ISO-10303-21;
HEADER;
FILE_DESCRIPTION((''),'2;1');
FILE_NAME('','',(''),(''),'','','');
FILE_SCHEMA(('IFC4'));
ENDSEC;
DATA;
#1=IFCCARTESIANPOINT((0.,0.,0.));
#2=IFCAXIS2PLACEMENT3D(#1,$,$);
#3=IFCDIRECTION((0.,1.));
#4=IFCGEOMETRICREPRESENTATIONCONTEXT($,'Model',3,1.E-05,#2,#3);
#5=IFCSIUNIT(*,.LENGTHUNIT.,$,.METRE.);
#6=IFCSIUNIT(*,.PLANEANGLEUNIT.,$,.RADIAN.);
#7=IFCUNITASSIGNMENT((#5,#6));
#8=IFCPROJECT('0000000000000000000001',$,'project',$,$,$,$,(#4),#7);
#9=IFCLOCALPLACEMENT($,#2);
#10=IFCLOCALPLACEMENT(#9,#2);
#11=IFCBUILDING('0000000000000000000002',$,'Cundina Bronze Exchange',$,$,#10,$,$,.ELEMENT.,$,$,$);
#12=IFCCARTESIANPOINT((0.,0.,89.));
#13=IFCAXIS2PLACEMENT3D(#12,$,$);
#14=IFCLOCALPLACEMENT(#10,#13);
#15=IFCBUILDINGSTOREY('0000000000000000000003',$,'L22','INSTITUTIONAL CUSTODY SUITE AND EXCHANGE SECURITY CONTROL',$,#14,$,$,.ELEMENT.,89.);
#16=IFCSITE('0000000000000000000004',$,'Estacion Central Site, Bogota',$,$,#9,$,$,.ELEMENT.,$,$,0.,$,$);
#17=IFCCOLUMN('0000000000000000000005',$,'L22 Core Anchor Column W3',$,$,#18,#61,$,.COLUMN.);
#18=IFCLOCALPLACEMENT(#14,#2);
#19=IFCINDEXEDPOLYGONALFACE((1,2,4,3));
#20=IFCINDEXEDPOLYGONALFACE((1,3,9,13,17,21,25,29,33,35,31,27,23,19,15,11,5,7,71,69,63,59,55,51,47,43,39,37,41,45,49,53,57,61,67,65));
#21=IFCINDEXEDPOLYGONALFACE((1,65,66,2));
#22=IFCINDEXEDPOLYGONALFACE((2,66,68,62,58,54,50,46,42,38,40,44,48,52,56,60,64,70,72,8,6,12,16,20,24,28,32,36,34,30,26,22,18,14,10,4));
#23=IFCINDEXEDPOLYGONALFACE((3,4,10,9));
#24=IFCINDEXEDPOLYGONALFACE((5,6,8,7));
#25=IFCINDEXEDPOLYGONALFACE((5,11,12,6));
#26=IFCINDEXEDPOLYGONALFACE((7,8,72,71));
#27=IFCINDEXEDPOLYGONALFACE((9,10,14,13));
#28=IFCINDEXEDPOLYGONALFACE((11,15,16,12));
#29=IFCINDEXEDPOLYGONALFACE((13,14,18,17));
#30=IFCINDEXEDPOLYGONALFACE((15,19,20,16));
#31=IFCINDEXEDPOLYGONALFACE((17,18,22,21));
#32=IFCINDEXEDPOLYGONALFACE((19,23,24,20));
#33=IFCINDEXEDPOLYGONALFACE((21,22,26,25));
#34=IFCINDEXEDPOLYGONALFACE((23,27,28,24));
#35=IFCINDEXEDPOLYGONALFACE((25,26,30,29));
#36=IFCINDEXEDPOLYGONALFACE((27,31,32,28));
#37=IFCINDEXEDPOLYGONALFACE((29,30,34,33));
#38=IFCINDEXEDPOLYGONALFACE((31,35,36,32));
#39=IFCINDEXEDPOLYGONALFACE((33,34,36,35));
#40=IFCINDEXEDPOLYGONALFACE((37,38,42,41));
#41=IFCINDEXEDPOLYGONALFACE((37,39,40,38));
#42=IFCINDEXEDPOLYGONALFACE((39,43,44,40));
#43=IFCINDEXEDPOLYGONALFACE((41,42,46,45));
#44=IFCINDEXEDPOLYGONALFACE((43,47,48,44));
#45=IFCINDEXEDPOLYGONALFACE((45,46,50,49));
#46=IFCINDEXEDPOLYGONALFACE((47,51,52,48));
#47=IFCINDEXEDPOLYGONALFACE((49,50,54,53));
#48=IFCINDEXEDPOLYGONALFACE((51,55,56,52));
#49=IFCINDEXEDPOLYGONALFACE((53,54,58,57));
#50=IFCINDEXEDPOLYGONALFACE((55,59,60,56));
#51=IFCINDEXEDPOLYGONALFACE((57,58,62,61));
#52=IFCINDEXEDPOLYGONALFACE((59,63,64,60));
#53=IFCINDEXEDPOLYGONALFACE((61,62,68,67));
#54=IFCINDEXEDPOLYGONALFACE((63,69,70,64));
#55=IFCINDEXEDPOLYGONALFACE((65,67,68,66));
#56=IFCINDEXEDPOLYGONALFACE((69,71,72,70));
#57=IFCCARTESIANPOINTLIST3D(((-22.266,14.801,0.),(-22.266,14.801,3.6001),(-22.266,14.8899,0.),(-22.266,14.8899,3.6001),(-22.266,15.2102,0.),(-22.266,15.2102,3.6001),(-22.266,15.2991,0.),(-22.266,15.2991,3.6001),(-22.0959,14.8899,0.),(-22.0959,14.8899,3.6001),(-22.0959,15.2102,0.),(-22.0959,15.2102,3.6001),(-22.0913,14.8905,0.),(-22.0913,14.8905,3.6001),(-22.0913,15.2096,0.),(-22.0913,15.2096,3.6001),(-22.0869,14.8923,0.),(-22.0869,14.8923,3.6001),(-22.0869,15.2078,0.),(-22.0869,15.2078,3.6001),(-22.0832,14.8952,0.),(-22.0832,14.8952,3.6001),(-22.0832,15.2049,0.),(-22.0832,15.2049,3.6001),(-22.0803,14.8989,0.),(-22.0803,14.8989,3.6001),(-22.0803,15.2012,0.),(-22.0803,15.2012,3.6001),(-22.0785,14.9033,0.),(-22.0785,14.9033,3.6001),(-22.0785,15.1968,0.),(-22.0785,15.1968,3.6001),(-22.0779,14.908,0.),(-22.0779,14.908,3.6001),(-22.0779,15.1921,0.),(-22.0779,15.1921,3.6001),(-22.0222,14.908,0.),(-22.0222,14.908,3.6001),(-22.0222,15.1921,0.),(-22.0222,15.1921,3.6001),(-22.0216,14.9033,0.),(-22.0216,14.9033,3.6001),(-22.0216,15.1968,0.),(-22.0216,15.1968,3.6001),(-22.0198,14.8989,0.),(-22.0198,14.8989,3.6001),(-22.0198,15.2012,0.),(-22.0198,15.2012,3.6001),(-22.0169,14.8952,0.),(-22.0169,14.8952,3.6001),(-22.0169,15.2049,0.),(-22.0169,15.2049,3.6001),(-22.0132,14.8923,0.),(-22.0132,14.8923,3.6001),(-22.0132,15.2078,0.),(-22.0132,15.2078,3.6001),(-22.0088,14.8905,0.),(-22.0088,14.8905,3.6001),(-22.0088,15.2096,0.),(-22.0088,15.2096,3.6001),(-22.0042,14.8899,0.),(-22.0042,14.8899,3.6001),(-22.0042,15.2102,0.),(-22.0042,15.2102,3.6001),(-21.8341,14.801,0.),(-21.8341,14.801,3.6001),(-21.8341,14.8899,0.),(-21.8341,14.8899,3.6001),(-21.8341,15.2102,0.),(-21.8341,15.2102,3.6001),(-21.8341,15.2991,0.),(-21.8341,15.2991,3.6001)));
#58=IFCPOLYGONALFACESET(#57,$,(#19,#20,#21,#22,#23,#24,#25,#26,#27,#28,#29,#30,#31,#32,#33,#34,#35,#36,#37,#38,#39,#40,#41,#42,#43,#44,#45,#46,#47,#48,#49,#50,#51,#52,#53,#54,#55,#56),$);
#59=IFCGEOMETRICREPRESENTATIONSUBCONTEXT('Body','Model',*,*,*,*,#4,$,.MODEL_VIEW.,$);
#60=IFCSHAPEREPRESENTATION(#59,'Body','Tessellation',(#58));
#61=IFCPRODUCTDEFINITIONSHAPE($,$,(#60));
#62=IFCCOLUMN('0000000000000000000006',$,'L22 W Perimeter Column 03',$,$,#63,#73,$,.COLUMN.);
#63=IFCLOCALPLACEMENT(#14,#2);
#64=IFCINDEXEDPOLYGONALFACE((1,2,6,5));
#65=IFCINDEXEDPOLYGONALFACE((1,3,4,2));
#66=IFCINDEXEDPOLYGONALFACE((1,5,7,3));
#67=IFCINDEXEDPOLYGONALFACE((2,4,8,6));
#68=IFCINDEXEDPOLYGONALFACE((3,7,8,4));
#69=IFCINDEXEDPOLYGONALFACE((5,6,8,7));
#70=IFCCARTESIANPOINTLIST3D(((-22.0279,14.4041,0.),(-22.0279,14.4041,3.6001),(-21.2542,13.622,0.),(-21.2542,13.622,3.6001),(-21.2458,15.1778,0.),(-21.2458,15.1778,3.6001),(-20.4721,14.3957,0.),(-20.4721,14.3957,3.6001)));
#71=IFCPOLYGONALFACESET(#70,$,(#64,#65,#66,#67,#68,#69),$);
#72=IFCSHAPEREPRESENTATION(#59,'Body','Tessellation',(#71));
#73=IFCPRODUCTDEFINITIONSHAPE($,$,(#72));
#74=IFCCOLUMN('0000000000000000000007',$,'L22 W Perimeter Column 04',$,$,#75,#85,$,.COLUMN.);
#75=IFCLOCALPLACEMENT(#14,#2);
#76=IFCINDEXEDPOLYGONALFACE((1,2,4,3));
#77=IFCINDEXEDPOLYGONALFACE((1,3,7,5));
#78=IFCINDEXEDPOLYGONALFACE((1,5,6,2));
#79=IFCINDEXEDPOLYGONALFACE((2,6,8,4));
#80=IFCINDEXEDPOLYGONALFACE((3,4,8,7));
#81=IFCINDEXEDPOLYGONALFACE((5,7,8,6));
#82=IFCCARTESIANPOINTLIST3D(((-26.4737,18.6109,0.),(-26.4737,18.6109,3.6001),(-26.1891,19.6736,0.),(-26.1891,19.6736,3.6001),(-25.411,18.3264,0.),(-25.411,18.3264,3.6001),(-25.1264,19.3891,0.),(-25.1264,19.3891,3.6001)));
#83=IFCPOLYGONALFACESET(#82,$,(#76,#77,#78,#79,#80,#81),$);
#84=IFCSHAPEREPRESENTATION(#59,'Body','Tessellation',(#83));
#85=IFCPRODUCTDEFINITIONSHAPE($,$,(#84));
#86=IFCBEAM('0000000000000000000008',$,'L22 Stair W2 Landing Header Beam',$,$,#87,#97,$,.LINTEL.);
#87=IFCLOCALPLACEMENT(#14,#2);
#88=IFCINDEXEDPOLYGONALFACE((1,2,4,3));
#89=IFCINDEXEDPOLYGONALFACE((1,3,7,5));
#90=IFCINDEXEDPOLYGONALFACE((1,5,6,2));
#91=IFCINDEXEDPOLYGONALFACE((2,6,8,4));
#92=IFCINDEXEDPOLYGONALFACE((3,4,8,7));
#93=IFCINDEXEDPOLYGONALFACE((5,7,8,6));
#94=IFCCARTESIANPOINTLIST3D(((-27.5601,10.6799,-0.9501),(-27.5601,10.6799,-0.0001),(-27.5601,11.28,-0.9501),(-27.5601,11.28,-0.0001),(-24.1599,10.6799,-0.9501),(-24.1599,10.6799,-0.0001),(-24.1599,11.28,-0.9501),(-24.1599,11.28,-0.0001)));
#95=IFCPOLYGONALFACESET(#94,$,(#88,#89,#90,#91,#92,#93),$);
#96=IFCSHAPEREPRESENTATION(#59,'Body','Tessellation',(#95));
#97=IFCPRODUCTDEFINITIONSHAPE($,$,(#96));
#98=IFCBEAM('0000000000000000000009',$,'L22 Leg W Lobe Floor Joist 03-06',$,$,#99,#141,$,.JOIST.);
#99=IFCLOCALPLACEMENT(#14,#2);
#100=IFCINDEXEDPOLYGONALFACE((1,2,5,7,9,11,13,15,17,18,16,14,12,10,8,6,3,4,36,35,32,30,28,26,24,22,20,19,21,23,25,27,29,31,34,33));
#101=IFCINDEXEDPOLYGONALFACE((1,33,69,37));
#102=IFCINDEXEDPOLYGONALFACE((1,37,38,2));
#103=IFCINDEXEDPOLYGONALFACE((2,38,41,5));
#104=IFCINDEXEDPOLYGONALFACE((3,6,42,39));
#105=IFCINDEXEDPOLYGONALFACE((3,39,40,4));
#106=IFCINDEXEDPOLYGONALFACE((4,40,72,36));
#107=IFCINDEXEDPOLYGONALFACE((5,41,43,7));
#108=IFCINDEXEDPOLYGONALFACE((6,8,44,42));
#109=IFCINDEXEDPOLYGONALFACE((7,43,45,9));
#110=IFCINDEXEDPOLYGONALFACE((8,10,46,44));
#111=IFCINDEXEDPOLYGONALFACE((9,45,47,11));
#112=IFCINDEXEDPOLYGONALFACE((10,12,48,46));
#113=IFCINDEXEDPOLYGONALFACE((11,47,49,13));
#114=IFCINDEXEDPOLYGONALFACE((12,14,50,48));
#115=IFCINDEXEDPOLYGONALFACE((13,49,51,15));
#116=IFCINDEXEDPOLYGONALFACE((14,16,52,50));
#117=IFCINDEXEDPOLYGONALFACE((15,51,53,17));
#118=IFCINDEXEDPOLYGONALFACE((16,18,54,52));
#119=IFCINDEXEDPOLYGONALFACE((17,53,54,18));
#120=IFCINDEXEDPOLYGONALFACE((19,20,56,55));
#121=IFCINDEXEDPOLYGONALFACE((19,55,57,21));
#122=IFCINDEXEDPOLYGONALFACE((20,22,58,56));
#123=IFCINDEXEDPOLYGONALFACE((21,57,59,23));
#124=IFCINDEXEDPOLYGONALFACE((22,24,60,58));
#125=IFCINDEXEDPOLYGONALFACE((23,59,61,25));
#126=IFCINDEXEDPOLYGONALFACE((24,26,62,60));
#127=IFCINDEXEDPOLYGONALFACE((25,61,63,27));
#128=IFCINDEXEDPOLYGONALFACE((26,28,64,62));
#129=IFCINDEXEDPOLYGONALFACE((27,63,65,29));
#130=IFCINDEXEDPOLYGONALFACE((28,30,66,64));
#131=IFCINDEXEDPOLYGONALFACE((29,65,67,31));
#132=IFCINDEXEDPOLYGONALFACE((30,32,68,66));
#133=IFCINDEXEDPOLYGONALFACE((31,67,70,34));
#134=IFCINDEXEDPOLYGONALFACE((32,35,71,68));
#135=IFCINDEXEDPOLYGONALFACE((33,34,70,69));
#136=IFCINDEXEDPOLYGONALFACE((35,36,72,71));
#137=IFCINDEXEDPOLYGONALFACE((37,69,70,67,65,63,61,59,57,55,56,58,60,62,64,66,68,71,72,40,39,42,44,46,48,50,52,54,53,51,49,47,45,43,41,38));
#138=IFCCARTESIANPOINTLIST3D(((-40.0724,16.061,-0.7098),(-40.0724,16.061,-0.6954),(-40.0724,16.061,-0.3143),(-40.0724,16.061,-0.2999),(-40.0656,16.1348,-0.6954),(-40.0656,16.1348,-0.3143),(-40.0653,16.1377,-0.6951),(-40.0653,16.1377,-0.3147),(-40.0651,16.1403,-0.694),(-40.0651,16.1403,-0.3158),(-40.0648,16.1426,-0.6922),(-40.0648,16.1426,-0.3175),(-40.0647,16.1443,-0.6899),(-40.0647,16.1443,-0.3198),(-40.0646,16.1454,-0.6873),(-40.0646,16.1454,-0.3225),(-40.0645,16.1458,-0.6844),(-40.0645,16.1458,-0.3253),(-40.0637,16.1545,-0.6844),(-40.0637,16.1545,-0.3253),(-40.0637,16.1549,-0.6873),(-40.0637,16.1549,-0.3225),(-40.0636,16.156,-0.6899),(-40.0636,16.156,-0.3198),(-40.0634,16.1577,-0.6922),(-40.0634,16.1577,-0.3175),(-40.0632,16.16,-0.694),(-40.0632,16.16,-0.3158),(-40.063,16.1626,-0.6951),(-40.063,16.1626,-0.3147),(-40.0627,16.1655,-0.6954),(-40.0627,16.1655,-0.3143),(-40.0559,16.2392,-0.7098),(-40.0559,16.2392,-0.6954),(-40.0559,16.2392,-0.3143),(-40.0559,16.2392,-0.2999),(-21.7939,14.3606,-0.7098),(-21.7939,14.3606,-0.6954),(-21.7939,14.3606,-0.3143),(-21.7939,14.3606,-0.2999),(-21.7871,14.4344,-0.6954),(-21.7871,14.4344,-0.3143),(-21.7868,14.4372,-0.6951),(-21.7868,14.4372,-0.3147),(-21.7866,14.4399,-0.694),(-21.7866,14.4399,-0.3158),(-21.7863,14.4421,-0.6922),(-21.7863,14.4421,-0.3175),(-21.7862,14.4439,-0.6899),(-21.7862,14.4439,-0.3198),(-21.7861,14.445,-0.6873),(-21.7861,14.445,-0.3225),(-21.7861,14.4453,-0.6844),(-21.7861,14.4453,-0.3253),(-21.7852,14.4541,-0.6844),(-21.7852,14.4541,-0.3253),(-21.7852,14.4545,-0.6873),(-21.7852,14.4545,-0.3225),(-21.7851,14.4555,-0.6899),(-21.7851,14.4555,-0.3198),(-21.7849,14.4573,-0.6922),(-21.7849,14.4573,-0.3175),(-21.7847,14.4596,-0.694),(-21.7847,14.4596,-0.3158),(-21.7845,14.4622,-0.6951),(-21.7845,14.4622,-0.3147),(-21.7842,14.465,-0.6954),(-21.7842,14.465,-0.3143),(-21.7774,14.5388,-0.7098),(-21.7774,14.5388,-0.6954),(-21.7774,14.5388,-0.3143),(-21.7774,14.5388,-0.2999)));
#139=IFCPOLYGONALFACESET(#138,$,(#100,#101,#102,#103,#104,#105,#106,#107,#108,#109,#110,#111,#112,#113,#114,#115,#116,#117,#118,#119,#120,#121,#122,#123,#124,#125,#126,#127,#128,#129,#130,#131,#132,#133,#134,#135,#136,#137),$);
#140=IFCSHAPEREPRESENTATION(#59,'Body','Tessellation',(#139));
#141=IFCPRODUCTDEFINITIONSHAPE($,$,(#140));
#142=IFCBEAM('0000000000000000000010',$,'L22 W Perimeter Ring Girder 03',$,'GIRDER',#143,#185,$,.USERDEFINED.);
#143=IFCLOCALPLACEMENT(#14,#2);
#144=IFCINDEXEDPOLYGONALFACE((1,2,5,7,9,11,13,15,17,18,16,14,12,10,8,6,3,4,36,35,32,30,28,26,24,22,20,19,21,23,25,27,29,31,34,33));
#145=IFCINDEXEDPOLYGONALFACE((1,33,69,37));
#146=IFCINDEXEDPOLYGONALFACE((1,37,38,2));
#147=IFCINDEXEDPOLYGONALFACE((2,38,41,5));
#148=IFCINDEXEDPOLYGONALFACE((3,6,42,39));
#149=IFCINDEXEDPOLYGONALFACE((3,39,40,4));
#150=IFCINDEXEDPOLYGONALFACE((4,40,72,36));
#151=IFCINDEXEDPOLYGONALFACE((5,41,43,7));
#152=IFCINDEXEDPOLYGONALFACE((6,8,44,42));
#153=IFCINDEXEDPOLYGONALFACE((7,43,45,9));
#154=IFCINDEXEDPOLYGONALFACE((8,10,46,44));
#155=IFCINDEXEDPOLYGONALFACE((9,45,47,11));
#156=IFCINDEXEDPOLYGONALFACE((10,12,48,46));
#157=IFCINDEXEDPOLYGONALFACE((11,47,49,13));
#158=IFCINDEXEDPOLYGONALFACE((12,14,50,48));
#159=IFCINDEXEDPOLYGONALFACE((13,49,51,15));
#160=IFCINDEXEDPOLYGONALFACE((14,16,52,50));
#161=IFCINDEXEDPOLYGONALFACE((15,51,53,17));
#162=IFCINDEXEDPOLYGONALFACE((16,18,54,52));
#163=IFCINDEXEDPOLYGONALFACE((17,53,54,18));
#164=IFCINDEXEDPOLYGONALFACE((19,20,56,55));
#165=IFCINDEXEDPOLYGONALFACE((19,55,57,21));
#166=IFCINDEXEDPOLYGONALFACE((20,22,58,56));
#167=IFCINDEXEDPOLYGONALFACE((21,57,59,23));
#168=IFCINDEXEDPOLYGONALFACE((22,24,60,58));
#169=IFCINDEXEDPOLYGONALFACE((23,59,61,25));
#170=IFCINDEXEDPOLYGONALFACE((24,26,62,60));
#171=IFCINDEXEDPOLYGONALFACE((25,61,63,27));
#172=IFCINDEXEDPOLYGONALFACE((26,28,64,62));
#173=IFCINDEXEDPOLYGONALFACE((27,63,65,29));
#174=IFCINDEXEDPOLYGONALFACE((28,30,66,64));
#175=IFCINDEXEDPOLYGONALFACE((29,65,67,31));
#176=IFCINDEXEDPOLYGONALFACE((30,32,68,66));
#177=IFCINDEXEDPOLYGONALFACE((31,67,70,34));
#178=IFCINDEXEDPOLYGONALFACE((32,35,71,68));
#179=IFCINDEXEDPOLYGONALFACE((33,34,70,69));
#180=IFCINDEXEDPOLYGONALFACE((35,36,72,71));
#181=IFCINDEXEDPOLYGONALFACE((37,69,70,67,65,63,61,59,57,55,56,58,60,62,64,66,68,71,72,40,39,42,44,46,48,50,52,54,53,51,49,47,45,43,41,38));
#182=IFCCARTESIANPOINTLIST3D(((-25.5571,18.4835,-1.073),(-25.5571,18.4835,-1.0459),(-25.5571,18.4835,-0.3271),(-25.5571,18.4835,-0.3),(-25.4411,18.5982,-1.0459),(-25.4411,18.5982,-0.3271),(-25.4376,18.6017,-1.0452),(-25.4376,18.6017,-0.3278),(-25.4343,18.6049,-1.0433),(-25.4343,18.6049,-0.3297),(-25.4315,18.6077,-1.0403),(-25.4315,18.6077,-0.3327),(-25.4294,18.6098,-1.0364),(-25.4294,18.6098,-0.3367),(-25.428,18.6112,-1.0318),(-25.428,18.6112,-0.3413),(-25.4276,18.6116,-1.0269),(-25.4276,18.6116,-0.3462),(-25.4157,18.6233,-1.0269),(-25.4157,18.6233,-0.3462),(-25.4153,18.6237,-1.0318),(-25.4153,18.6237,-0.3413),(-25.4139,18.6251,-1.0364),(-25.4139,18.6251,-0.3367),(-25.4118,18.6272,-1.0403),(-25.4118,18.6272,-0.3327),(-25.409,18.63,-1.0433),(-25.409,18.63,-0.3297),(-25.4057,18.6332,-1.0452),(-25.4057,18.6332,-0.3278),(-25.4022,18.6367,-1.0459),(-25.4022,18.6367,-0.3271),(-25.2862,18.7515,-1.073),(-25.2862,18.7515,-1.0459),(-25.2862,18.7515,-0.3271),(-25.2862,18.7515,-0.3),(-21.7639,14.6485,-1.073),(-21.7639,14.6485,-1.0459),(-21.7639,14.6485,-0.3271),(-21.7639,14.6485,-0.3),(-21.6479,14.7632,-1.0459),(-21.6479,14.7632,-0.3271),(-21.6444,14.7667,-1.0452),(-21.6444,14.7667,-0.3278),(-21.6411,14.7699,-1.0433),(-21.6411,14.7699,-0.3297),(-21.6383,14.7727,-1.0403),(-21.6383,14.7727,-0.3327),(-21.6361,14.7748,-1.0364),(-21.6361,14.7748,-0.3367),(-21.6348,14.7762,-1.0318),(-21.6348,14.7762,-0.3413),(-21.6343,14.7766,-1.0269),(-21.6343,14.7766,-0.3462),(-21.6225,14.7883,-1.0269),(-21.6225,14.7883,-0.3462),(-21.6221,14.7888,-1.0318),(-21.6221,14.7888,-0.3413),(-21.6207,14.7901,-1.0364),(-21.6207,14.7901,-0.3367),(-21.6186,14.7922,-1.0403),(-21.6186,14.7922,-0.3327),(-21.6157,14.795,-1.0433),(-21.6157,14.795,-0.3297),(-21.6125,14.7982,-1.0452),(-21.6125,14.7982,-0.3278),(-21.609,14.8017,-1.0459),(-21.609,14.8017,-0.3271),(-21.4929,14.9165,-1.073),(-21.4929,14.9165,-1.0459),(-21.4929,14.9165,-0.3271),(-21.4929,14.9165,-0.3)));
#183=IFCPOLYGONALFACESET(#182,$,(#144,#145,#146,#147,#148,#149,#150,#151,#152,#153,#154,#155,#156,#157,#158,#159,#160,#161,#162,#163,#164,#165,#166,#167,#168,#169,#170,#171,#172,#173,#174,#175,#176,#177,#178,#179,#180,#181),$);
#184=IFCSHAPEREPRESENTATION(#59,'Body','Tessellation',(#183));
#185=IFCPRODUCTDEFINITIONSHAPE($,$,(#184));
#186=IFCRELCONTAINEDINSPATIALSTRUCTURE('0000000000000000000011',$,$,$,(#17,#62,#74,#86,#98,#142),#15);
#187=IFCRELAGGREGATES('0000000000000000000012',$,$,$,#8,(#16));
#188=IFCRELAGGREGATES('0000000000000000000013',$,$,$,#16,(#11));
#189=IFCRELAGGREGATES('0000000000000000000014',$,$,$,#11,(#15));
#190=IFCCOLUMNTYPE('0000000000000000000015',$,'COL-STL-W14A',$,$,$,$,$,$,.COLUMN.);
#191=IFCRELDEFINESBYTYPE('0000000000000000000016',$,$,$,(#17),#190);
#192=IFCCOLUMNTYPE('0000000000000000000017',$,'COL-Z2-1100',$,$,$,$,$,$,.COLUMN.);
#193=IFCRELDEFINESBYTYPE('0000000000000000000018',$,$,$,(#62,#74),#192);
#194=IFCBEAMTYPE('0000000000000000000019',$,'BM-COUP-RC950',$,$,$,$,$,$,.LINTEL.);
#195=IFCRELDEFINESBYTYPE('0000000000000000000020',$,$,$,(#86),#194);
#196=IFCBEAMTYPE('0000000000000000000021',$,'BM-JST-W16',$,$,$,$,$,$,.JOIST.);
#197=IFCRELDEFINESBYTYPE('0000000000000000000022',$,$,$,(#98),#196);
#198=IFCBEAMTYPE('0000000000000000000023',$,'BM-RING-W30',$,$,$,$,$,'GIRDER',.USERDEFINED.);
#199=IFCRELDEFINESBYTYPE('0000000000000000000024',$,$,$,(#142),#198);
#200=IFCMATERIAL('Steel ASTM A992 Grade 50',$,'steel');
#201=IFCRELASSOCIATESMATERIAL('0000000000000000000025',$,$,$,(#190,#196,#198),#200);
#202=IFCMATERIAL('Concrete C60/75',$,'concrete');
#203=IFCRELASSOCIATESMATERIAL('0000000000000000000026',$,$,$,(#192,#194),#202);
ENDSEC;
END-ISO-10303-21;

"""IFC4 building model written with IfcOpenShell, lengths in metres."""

from ifc_helpers import new_model, si_unit, direction, frame, origin, origin_2d, place, context, subcontext, project, spatial, rectangle, i_section, extrude, material, material_profile, profile_set, type_object, element, save


model = new_model("IFC4")

# Units and contexts
model_context = context("Model", 3, precision=1e-05, world=origin(), true_north=direction((0.0, 1.0)))
body_context = subcontext(model_context, "Body", "Model", "MODEL_VIEW")
ifc_project = project(units=[si_unit("LENGTHUNIT", "METRE"), si_unit("PLANEANGLEUNIT", "RADIAN")], contexts=[model_context])

# Site, building, storey
site_placement = place(None, origin())
site = spatial("IfcSite", under=ifc_project, at=site_placement, Name="Estacion Central Site, Bogota", CompositionType="ELEMENT", RefElevation=0.0)
building_placement = place(site_placement, origin())
building = spatial("IfcBuilding", under=site, at=building_placement, Name="Cundina Bronze Exchange", CompositionType="ELEMENT")
storey_placement = place(building_placement, frame((0.0, 0.0, 89.0)))
storey = spatial("IfcBuildingStorey", under=building, at=storey_placement, Name="L22", Description="INSTITUTIONAL CUSTODY SUITE AND EXCHANGE SECURITY CONTROL", CompositionType="ELEMENT", Elevation=89.0)

# Columns
ifc_material_1 = material(Name="Steel ASTM A992 Grade 50", Category="steel")
ifc_material_profile_1 = material_profile(ifc_material_1, i_section(OverallWidth=0.4319, OverallDepth=0.498, WebThickness=0.0557, FlangeThickness=0.0889, FilletRadius=0.0181, at=origin_2d()), Name="W14X500", Category="steel")
ifc_profile_set_1 = profile_set([ifc_material_profile_1], Name="Steel ASTM A992 Grade 50")
column_type_1 = type_object("IfcColumnType", Name="COL-STL-W14A", PredefinedType="COLUMN", material=ifc_profile_set_1)
column_placement = place(storey_placement, frame((-22.05, 15.05, 0.0), z_axis=(0.0, 0.0, 1.0), x_axis=(1.0, 0.0, 0.0)))
element("IfcColumn", 1, at=column_placement, inside=storey, type_object=column_type_1, Name="L22 Core Anchor Column W3", PredefinedType="COLUMN", context=body_context, shape_type="SweptSolid", body=[
    extrude(i_section(OverallWidth=0.4319, OverallDepth=0.498, WebThickness=0.0557, FlangeThickness=0.0889, FilletRadius=0.0181, at=origin_2d()), origin(), (0.0, 0.0, 1.0), 3.6001),
])
ifc_material_2 = material(Name="Concrete C60/75", Category="concrete")
ifc_material_profile_2 = material_profile(ifc_material_2, rectangle(XDim=1.1001, YDim=1.1001, at=origin_2d()), Name="RC1100X1100", Category="concrete")
ifc_profile_set_2 = profile_set([ifc_material_profile_2], Name="Concrete C60/75")
column_type_2 = type_object("IfcColumnType", Name="COL-Z2-1100", PredefinedType="COLUMN", material=ifc_profile_set_2)
for number, where, z_axis, x_axis, name in (
    (2, (-21.25, 14.3999, 0.0), (0.0, 0.0, 1.0), (-0.703271, 0.710922, 0.0), "L22 W Perimeter Column 03"),
    (3, (-25.8, 19.0, 0.0), (0.0, 0.0, 1.0), (-0.965971, 0.25865, 0.0), "L22 W Perimeter Column 04"),
):
    element("IfcColumn", number, at=place(storey_placement, frame(where, z_axis=z_axis, x_axis=x_axis)), inside=storey, type_object=column_type_2, Name=name, PredefinedType="COLUMN", context=body_context, shape_type="SweptSolid", body=[
        extrude(rectangle(XDim=1.1001, YDim=1.1001, at=origin_2d()), origin(), (0.0, 0.0, 1.0), 3.6001),
    ])

# Beams
ifc_material_profile_3 = material_profile(ifc_material_2, rectangle(XDim=0.6001, YDim=0.95, at=origin_2d()), Name="RC600X950", Category="concrete")
ifc_profile_set_3 = profile_set([ifc_material_profile_3], Name="Concrete C60/75")
beam_type_1 = type_object("IfcBeamType", Name="BM-COUP-RC950", PredefinedType="LINTEL", material=ifc_profile_set_3)
beam_1_placement = place(storey_placement, frame((-27.5601, 10.98, -0.4751), z_axis=(1.0, 0.0, 0.0), x_axis=(0.0, 1.0, 0.0)))
element("IfcBeam", 4, at=beam_1_placement, inside=storey, type_object=beam_type_1, Name="L22 Stair W2 Landing Header Beam", PredefinedType="LINTEL", context=body_context, shape_type="SweptSolid", body=[
    extrude(rectangle(XDim=0.6001, YDim=0.95, at=origin_2d()), origin(), (0.0, 0.0, 1.0), 3.4001),
])
ifc_material_profile_4 = material_profile(ifc_material_1, i_section(OverallWidth=0.179, OverallDepth=0.4099, WebThickness=0.0088, FlangeThickness=0.0144, FilletRadius=0.011, at=origin_2d()), Name="W16X45", Category="steel")
ifc_profile_set_4 = profile_set([ifc_material_profile_4], Name="Steel ASTM A992 Grade 50")
beam_type_2 = type_object("IfcBeamType", Name="BM-JST-W16", PredefinedType="JOIST", material=ifc_profile_set_4)
beam_2_placement = place(storey_placement, frame((-21.7856, 14.4497, -0.5049), z_axis=(-0.995701, 0.092629, 0.0), x_axis=(-0.092629, -0.995701, 0.0)))
element("IfcBeam", 5, at=beam_2_placement, inside=storey, type_object=beam_type_2, Name="L22 Leg W Lobe Floor Joist 03-06", PredefinedType="JOIST", context=body_context, shape_type="SweptSolid", body=[
    extrude(i_section(OverallWidth=0.179, OverallDepth=0.4099, WebThickness=0.0088, FlangeThickness=0.0144, FilletRadius=0.011, at=origin_2d()), origin(), (0.0, 0.0, 1.0), 18.3574),
])
ifc_material_profile_5 = material_profile(ifc_material_1, i_section(OverallWidth=0.3811, OverallDepth=0.7729, WebThickness=0.0166, FlangeThickness=0.0271, FilletRadius=0.019, at=origin_2d()), Name="W30X173", Category="steel")
ifc_profile_set_5 = profile_set([ifc_material_profile_5], Name="Steel ASTM A992 Grade 50")
beam_type_3 = type_object("IfcBeamType", Name="BM-RING-W30", ElementType="GIRDER", PredefinedType="USERDEFINED", material=ifc_profile_set_5)
beam_3_placement = place(storey_placement, frame((-21.6284, 14.7825, -0.6865), z_axis=(-0.703226, 0.710966, 0.0), x_axis=(-0.710966, -0.703226, 0.0)))
element("IfcBeam", 6, at=beam_3_placement, inside=storey, type_object=beam_type_3, Name="L22 W Perimeter Ring Girder 03", ObjectType="GIRDER", PredefinedType="USERDEFINED", context=body_context, shape_type="SweptSolid", body=[
    extrude(i_section(OverallWidth=0.3811, OverallDepth=0.7729, WebThickness=0.0166, FlangeThickness=0.0271, FilletRadius=0.019, at=origin_2d()), origin(), (0.0, 0.0, 1.0), 5.394),
])

save(model, "model.ifc")
